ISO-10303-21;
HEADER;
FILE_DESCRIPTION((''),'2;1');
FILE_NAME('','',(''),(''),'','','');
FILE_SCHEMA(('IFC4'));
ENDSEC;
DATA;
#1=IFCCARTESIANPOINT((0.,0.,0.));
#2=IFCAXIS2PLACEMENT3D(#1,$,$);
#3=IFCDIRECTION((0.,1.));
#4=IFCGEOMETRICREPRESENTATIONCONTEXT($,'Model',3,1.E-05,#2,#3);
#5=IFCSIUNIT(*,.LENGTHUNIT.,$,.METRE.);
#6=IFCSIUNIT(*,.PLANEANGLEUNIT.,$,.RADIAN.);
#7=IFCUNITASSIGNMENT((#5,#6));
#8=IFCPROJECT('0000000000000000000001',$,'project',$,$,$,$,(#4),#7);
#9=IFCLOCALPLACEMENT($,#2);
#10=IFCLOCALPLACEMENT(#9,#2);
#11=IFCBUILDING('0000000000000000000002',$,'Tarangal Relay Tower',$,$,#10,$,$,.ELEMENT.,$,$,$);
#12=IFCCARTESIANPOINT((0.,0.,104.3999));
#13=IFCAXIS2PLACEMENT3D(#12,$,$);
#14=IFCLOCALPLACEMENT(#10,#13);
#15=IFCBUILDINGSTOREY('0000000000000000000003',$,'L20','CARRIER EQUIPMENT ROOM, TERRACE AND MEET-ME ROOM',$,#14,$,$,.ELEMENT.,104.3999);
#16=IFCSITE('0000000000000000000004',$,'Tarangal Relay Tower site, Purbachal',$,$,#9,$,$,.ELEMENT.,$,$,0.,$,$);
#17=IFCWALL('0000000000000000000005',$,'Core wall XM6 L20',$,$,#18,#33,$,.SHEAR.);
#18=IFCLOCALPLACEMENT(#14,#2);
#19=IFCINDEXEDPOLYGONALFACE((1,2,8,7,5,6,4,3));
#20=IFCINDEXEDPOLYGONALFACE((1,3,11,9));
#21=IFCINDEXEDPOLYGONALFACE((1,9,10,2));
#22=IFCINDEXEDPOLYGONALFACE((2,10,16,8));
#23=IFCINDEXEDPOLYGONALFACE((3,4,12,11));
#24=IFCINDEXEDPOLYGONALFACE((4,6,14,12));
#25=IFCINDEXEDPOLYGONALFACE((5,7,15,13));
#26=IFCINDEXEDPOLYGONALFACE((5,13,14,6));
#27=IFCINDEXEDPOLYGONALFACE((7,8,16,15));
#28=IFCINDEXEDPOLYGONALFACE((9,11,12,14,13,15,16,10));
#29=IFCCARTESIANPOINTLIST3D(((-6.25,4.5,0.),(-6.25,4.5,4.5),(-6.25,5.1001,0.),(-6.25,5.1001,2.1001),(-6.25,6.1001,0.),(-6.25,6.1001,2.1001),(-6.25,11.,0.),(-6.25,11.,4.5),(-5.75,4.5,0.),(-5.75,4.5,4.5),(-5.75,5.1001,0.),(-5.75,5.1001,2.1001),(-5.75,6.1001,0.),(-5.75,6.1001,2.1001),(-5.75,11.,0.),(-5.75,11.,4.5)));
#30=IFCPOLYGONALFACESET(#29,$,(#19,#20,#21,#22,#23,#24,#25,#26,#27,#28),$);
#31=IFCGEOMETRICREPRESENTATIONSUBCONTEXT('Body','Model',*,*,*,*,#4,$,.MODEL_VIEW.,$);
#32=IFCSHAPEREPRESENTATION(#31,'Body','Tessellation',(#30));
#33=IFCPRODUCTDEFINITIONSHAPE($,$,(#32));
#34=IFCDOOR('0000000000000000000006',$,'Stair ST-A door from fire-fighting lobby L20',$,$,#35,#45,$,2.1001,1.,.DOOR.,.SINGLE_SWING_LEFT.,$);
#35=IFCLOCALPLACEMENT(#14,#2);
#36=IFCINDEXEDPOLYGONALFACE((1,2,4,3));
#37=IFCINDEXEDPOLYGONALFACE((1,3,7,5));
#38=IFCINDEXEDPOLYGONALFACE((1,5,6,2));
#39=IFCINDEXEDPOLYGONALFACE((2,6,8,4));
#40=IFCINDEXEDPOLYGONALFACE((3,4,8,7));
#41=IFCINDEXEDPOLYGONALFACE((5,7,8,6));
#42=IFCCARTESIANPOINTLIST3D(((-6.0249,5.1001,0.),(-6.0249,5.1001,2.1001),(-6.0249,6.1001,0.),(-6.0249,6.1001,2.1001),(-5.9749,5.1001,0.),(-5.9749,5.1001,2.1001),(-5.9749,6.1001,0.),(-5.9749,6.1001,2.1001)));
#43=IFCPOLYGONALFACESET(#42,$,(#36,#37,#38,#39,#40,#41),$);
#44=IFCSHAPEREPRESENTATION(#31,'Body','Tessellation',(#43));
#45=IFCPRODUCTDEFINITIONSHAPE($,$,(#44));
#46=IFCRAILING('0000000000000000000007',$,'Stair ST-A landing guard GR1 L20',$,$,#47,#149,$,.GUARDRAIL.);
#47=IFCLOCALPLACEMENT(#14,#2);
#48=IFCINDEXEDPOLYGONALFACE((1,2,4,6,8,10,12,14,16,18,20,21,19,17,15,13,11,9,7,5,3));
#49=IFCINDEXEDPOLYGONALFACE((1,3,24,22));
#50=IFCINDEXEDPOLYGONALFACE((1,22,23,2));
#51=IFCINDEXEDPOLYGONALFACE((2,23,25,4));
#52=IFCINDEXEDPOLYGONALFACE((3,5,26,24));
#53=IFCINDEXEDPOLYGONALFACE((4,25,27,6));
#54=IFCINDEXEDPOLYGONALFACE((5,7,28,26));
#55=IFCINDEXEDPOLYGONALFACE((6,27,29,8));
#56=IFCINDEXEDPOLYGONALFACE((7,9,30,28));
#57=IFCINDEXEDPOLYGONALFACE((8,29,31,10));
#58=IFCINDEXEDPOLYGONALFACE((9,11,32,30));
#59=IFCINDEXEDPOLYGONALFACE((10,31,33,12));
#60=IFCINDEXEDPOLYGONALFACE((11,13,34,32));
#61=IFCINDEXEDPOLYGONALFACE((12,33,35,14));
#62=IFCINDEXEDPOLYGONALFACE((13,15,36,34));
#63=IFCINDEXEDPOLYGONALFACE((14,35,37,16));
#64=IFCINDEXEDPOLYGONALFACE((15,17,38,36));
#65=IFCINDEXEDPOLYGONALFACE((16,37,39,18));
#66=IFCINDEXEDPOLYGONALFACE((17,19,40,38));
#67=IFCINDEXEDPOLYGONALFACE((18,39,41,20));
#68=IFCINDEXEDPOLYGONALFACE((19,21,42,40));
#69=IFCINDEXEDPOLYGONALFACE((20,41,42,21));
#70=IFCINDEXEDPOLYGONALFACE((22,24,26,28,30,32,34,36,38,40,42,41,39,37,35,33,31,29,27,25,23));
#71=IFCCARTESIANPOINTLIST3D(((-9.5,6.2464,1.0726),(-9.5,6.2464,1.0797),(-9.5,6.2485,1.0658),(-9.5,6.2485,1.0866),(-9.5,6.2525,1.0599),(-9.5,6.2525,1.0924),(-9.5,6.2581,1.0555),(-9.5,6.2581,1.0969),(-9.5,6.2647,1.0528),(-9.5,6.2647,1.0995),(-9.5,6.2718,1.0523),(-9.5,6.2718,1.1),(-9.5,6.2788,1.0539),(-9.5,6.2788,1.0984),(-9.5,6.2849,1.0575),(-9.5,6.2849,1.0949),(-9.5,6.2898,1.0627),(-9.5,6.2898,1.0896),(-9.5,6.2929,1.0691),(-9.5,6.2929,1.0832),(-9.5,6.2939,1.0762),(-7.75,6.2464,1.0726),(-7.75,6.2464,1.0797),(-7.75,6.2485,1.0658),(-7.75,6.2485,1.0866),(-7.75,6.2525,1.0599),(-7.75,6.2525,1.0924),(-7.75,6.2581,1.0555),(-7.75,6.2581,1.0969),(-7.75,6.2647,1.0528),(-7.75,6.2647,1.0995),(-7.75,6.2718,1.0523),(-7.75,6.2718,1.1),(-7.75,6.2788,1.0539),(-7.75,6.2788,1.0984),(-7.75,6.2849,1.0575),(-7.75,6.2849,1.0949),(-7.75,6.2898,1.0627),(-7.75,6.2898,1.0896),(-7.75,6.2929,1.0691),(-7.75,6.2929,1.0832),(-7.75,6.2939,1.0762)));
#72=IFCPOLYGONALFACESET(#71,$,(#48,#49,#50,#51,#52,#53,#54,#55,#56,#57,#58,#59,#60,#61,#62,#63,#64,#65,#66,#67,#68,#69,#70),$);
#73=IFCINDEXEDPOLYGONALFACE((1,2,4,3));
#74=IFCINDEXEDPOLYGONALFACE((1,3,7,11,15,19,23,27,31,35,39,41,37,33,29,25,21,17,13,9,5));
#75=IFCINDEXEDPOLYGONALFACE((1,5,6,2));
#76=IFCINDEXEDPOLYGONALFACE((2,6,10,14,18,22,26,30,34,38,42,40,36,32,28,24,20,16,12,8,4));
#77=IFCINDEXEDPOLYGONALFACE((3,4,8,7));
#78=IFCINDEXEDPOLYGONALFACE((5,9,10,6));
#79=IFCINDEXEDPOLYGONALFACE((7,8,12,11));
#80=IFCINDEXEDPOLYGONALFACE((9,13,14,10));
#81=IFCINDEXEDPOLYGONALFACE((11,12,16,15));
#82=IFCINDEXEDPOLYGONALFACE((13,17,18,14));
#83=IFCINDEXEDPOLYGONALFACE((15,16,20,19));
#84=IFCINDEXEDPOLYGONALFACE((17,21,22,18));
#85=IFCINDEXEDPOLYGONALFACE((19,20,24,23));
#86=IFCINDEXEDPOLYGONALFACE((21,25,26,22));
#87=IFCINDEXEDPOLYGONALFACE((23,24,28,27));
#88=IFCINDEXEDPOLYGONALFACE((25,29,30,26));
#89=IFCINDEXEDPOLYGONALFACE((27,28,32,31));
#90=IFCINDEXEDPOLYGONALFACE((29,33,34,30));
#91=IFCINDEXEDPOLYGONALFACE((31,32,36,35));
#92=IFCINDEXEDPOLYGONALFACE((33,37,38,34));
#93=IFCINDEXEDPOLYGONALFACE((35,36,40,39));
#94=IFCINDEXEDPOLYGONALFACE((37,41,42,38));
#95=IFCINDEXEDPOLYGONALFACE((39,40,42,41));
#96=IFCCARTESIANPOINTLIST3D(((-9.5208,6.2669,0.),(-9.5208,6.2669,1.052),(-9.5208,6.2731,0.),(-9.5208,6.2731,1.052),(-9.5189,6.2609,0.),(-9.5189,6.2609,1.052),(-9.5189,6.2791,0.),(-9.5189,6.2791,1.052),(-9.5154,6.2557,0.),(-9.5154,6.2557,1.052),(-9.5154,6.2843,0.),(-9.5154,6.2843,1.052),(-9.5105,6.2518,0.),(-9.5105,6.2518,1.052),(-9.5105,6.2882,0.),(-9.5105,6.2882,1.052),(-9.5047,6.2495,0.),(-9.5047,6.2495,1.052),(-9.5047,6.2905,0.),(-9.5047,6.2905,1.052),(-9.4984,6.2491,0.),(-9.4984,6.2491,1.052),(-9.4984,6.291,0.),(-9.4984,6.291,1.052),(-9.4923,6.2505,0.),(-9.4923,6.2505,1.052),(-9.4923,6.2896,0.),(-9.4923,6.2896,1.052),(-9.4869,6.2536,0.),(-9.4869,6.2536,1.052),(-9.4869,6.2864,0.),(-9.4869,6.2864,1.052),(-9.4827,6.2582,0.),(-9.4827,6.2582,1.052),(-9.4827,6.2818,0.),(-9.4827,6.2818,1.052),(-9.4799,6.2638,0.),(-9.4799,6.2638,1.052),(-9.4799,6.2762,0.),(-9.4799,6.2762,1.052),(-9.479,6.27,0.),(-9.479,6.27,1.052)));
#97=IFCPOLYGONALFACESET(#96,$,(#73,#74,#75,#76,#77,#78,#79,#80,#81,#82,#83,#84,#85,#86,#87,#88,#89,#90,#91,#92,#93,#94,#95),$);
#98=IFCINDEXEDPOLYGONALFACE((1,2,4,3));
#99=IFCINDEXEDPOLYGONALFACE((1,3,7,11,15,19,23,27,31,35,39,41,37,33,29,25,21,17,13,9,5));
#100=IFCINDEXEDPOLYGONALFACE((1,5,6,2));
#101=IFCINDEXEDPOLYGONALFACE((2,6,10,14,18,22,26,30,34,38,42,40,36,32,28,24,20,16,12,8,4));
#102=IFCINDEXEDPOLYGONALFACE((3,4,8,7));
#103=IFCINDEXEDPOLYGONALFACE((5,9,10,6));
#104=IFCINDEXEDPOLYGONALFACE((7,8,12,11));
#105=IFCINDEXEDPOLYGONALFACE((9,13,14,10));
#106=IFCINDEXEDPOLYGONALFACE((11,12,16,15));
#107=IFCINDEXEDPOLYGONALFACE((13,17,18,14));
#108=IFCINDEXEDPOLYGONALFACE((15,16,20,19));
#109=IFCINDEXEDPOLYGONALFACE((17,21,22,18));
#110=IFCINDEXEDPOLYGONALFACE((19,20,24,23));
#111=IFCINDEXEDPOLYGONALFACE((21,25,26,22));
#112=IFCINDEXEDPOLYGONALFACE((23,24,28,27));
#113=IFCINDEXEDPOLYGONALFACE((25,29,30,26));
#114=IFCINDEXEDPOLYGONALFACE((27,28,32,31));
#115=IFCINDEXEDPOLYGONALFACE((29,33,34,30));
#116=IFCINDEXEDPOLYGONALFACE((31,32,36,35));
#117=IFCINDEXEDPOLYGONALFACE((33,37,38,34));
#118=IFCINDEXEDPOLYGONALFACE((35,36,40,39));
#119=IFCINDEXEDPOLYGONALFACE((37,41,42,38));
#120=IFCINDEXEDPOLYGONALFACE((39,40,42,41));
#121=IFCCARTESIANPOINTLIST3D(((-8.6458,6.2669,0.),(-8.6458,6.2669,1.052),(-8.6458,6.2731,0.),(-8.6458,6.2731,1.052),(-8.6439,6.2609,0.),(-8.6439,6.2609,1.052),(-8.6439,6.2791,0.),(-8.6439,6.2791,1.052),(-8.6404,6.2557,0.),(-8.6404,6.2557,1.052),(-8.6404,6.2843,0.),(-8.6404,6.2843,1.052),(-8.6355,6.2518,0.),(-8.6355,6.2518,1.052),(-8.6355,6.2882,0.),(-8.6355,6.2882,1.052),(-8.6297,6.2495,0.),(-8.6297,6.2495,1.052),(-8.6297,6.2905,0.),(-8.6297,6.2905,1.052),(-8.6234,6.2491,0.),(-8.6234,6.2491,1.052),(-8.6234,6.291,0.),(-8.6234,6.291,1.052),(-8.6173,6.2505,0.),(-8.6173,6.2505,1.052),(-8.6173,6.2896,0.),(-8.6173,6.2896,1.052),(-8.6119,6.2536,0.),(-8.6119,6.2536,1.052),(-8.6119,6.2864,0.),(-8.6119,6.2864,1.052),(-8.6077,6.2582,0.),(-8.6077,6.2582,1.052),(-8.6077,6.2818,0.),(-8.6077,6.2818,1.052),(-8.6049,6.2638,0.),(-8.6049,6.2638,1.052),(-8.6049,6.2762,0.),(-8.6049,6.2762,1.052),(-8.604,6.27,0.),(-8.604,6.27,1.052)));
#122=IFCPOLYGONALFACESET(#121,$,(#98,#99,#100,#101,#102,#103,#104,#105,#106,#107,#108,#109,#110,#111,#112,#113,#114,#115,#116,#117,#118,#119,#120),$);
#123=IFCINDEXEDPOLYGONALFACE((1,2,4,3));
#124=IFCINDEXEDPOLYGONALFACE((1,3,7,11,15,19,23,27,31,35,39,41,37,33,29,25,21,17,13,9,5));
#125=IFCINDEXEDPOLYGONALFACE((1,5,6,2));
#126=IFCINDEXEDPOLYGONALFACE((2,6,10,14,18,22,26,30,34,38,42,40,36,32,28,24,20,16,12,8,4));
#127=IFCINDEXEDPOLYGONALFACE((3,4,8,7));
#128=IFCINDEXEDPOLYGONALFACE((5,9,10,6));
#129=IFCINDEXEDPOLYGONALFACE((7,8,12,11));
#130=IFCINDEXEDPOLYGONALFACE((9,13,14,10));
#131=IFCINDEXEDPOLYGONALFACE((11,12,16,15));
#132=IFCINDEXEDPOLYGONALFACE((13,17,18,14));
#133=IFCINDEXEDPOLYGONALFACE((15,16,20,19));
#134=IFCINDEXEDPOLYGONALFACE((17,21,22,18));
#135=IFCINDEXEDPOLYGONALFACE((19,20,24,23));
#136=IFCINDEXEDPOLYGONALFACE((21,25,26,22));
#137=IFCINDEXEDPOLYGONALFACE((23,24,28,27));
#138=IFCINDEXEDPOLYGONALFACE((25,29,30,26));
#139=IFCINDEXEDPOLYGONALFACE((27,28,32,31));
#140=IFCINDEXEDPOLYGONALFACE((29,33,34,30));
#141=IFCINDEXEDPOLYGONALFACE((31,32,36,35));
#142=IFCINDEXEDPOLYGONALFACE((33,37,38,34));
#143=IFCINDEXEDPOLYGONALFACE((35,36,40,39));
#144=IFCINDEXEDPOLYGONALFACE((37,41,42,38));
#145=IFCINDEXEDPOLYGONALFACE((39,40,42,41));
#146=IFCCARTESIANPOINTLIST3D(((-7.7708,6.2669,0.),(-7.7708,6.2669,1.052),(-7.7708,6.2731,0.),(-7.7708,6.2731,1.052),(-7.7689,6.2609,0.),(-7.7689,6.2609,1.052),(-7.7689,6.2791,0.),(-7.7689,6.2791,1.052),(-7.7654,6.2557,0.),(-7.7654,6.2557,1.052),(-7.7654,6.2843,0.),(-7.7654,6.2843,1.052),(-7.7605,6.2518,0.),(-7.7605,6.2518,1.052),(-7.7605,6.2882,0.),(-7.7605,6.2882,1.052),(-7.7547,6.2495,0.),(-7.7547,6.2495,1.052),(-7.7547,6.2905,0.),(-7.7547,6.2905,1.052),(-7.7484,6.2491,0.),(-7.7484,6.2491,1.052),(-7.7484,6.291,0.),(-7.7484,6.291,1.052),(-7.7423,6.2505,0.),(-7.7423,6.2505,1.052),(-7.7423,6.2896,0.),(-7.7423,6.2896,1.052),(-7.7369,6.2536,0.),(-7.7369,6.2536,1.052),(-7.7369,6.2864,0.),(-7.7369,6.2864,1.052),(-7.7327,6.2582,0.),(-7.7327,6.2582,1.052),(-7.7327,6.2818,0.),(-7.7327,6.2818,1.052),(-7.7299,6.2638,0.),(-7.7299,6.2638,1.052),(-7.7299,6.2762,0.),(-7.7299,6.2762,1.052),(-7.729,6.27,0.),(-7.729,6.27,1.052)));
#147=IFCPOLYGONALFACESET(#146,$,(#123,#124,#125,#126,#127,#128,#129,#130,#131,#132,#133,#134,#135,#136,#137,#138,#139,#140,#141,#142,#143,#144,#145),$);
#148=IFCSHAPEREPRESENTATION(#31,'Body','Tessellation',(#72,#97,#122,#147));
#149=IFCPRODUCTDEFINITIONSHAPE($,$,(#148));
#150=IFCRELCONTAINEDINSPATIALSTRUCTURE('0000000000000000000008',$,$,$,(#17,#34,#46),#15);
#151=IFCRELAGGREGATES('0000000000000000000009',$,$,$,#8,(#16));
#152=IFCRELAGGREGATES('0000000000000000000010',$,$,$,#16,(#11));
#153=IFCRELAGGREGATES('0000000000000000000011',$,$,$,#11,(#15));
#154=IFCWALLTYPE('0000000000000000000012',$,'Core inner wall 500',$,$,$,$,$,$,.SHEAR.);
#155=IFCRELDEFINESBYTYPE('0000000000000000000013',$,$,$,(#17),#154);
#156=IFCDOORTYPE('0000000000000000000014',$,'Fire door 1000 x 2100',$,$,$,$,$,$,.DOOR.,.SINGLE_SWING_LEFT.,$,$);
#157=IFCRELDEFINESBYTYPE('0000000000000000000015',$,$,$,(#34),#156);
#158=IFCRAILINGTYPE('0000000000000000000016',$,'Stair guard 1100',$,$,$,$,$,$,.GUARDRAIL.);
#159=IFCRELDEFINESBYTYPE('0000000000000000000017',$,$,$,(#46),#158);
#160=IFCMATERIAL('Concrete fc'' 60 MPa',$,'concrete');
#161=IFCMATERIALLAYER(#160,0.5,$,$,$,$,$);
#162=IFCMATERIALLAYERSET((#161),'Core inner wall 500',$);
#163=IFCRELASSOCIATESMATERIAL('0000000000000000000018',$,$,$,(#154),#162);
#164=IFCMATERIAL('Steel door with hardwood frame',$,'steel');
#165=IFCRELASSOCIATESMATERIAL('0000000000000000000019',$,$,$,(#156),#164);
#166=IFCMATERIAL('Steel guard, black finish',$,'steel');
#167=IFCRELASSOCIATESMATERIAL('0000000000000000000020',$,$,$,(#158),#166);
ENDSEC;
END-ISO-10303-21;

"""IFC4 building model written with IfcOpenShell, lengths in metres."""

from ifc_helpers import new_model, si_unit, direction, frame, frame_2d, origin, origin_2d, place, context, subcontext, project, spatial, rectangle, circle, extrude, material, layer, layer_set, type_object, element, fill, save


model = new_model("IFC4")

# Units and contexts
model_context = context("Model", 3, precision=1e-05, world=origin(), true_north=direction((0.0, 1.0)))
body_context = subcontext(model_context, "Body", "Model", "MODEL_VIEW")
ifc_project = project(units=[si_unit("LENGTHUNIT", "METRE"), si_unit("PLANEANGLEUNIT", "RADIAN")], contexts=[model_context])

# Site, building, storey
site_placement = place(None, origin())
site = spatial("IfcSite", under=ifc_project, at=site_placement, Name="Tarangal Relay Tower site, Purbachal", CompositionType="ELEMENT", RefElevation=0.0)
building_placement = place(site_placement, origin())
building = spatial("IfcBuilding", under=site, at=building_placement, Name="Tarangal Relay Tower", CompositionType="ELEMENT")
storey_placement = place(building_placement, frame((0.0, 0.0, 104.3999)))
storey = spatial("IfcBuildingStorey", under=building, at=storey_placement, Name="L20", Description="CARRIER EQUIPMENT ROOM, TERRACE AND MEET-ME ROOM", CompositionType="ELEMENT", Elevation=104.3999)

# Shared definitions
ifc_material_1 = material(Name="Concrete fc' 60 MPa", Category="concrete")
ifc_layer_1 = layer(ifc_material_1, 0.5)
ifc_layer_set_1 = layer_set([ifc_layer_1], Name="Core inner wall 500")
wall_type = type_object("IfcWallType", Name="Core inner wall 500", PredefinedType="SHEAR", material=ifc_layer_set_1)
ifc_material_2 = material(Name="Steel door with hardwood frame", Category="steel")

# Wall, opening, door
wall_1_placement = place(storey_placement, frame((-6.0, 4.5, 0.0), z_axis=(0.0, 0.0, 1.0), x_axis=(0.0, 1.0, 0.0)))
wall_1 = element("IfcWall", 1, at=wall_1_placement, inside=storey, type_object=wall_type, Name="Core wall XM6 L20", PredefinedType="SHEAR", context=body_context, shape_type="SweptSolid", body=[
    extrude(rectangle(XDim=6.5, YDim=0.5, at=frame_2d((3.25, 0.0))), origin(), (0.0, 0.0, 1.0), 4.5),
])
opening_1_placement = place(wall_1_placement, frame((0.6001, 0.0, 0.0)))
opening_1 = element("IfcOpeningElement", 2, at=opening_1_placement, cuts=wall_1, PredefinedType="OPENING", context=body_context, shape_type="SweptSolid", body=[
    extrude(rectangle(XDim=1.0, YDim=2.1001, at=frame_2d((0.5, 1.05))), frame((0.0, 0.26, 0.0), z_axis=(0.0, -1.0, 0.0), x_axis=(1.0, 0.0, 0.0)), (0.0, 0.0, 1.0), 0.52),
])
door_type_1 = type_object("IfcDoorType", Name="Fire door 1000 x 2100", OperationType="SINGLE_SWING_LEFT", PredefinedType="DOOR", material=ifc_material_2)
door_1_placement = place(opening_1_placement, origin())
door_1 = element("IfcDoor", 3, at=door_1_placement, inside=storey, type_object=door_type_1, Name="Stair ST-A door from fire-fighting lobby L20", OperationType="SINGLE_SWING_LEFT", OverallHeight=2.1001, OverallWidth=1.0, PredefinedType="DOOR", context=body_context, shape_type="SweptSolid", body=[
    extrude(rectangle(XDim=1.0, YDim=2.1001, at=frame_2d((0.5, 1.05))), frame((0.0, 0.0249, 0.0), z_axis=(0.0, -1.0, 0.0), x_axis=(1.0, 0.0, 0.0)), (0.0, 0.0, 1.0), 0.05),
])
fill(opening_1, door_1)

# Railing
ifc_material_3 = material(Name="Steel guard, black finish", Category="steel")
railing_type_1 = type_object("IfcRailingType", Name="Stair guard 1100", PredefinedType="GUARDRAIL", material=ifc_material_3)
railing_1_placement = place(storey_placement, frame((-9.5, 6.27, 0.0)))
element("IfcRailing", 4, at=railing_1_placement, inside=storey, type_object=railing_type_1, Name="Stair ST-A landing guard GR1 L20", PredefinedType="GUARDRAIL", context=body_context, shape_type="SweptSolid", body=[
    extrude(circle(Radius=0.0239, at=origin_2d()), frame((0.0, 0.0, 1.0762), z_axis=(1.0, 0.0, 0.0), x_axis=(0.0, 1.0, 0.0)), (0.0, 0.0, 1.0), 1.75),
    extrude(circle(Radius=0.021, at=origin_2d()), origin(), (0.0, 0.0, 1.0), 1.052),
    extrude(circle(Radius=0.021, at=origin_2d()), frame((0.875, 0.0, 0.0)), (0.0, 0.0, 1.0), 1.052),
    extrude(circle(Radius=0.021, at=origin_2d()), frame((1.75, 0.0, 0.0)), (0.0, 0.0, 1.0), 1.052),
])

save(model, "model.ifc")
